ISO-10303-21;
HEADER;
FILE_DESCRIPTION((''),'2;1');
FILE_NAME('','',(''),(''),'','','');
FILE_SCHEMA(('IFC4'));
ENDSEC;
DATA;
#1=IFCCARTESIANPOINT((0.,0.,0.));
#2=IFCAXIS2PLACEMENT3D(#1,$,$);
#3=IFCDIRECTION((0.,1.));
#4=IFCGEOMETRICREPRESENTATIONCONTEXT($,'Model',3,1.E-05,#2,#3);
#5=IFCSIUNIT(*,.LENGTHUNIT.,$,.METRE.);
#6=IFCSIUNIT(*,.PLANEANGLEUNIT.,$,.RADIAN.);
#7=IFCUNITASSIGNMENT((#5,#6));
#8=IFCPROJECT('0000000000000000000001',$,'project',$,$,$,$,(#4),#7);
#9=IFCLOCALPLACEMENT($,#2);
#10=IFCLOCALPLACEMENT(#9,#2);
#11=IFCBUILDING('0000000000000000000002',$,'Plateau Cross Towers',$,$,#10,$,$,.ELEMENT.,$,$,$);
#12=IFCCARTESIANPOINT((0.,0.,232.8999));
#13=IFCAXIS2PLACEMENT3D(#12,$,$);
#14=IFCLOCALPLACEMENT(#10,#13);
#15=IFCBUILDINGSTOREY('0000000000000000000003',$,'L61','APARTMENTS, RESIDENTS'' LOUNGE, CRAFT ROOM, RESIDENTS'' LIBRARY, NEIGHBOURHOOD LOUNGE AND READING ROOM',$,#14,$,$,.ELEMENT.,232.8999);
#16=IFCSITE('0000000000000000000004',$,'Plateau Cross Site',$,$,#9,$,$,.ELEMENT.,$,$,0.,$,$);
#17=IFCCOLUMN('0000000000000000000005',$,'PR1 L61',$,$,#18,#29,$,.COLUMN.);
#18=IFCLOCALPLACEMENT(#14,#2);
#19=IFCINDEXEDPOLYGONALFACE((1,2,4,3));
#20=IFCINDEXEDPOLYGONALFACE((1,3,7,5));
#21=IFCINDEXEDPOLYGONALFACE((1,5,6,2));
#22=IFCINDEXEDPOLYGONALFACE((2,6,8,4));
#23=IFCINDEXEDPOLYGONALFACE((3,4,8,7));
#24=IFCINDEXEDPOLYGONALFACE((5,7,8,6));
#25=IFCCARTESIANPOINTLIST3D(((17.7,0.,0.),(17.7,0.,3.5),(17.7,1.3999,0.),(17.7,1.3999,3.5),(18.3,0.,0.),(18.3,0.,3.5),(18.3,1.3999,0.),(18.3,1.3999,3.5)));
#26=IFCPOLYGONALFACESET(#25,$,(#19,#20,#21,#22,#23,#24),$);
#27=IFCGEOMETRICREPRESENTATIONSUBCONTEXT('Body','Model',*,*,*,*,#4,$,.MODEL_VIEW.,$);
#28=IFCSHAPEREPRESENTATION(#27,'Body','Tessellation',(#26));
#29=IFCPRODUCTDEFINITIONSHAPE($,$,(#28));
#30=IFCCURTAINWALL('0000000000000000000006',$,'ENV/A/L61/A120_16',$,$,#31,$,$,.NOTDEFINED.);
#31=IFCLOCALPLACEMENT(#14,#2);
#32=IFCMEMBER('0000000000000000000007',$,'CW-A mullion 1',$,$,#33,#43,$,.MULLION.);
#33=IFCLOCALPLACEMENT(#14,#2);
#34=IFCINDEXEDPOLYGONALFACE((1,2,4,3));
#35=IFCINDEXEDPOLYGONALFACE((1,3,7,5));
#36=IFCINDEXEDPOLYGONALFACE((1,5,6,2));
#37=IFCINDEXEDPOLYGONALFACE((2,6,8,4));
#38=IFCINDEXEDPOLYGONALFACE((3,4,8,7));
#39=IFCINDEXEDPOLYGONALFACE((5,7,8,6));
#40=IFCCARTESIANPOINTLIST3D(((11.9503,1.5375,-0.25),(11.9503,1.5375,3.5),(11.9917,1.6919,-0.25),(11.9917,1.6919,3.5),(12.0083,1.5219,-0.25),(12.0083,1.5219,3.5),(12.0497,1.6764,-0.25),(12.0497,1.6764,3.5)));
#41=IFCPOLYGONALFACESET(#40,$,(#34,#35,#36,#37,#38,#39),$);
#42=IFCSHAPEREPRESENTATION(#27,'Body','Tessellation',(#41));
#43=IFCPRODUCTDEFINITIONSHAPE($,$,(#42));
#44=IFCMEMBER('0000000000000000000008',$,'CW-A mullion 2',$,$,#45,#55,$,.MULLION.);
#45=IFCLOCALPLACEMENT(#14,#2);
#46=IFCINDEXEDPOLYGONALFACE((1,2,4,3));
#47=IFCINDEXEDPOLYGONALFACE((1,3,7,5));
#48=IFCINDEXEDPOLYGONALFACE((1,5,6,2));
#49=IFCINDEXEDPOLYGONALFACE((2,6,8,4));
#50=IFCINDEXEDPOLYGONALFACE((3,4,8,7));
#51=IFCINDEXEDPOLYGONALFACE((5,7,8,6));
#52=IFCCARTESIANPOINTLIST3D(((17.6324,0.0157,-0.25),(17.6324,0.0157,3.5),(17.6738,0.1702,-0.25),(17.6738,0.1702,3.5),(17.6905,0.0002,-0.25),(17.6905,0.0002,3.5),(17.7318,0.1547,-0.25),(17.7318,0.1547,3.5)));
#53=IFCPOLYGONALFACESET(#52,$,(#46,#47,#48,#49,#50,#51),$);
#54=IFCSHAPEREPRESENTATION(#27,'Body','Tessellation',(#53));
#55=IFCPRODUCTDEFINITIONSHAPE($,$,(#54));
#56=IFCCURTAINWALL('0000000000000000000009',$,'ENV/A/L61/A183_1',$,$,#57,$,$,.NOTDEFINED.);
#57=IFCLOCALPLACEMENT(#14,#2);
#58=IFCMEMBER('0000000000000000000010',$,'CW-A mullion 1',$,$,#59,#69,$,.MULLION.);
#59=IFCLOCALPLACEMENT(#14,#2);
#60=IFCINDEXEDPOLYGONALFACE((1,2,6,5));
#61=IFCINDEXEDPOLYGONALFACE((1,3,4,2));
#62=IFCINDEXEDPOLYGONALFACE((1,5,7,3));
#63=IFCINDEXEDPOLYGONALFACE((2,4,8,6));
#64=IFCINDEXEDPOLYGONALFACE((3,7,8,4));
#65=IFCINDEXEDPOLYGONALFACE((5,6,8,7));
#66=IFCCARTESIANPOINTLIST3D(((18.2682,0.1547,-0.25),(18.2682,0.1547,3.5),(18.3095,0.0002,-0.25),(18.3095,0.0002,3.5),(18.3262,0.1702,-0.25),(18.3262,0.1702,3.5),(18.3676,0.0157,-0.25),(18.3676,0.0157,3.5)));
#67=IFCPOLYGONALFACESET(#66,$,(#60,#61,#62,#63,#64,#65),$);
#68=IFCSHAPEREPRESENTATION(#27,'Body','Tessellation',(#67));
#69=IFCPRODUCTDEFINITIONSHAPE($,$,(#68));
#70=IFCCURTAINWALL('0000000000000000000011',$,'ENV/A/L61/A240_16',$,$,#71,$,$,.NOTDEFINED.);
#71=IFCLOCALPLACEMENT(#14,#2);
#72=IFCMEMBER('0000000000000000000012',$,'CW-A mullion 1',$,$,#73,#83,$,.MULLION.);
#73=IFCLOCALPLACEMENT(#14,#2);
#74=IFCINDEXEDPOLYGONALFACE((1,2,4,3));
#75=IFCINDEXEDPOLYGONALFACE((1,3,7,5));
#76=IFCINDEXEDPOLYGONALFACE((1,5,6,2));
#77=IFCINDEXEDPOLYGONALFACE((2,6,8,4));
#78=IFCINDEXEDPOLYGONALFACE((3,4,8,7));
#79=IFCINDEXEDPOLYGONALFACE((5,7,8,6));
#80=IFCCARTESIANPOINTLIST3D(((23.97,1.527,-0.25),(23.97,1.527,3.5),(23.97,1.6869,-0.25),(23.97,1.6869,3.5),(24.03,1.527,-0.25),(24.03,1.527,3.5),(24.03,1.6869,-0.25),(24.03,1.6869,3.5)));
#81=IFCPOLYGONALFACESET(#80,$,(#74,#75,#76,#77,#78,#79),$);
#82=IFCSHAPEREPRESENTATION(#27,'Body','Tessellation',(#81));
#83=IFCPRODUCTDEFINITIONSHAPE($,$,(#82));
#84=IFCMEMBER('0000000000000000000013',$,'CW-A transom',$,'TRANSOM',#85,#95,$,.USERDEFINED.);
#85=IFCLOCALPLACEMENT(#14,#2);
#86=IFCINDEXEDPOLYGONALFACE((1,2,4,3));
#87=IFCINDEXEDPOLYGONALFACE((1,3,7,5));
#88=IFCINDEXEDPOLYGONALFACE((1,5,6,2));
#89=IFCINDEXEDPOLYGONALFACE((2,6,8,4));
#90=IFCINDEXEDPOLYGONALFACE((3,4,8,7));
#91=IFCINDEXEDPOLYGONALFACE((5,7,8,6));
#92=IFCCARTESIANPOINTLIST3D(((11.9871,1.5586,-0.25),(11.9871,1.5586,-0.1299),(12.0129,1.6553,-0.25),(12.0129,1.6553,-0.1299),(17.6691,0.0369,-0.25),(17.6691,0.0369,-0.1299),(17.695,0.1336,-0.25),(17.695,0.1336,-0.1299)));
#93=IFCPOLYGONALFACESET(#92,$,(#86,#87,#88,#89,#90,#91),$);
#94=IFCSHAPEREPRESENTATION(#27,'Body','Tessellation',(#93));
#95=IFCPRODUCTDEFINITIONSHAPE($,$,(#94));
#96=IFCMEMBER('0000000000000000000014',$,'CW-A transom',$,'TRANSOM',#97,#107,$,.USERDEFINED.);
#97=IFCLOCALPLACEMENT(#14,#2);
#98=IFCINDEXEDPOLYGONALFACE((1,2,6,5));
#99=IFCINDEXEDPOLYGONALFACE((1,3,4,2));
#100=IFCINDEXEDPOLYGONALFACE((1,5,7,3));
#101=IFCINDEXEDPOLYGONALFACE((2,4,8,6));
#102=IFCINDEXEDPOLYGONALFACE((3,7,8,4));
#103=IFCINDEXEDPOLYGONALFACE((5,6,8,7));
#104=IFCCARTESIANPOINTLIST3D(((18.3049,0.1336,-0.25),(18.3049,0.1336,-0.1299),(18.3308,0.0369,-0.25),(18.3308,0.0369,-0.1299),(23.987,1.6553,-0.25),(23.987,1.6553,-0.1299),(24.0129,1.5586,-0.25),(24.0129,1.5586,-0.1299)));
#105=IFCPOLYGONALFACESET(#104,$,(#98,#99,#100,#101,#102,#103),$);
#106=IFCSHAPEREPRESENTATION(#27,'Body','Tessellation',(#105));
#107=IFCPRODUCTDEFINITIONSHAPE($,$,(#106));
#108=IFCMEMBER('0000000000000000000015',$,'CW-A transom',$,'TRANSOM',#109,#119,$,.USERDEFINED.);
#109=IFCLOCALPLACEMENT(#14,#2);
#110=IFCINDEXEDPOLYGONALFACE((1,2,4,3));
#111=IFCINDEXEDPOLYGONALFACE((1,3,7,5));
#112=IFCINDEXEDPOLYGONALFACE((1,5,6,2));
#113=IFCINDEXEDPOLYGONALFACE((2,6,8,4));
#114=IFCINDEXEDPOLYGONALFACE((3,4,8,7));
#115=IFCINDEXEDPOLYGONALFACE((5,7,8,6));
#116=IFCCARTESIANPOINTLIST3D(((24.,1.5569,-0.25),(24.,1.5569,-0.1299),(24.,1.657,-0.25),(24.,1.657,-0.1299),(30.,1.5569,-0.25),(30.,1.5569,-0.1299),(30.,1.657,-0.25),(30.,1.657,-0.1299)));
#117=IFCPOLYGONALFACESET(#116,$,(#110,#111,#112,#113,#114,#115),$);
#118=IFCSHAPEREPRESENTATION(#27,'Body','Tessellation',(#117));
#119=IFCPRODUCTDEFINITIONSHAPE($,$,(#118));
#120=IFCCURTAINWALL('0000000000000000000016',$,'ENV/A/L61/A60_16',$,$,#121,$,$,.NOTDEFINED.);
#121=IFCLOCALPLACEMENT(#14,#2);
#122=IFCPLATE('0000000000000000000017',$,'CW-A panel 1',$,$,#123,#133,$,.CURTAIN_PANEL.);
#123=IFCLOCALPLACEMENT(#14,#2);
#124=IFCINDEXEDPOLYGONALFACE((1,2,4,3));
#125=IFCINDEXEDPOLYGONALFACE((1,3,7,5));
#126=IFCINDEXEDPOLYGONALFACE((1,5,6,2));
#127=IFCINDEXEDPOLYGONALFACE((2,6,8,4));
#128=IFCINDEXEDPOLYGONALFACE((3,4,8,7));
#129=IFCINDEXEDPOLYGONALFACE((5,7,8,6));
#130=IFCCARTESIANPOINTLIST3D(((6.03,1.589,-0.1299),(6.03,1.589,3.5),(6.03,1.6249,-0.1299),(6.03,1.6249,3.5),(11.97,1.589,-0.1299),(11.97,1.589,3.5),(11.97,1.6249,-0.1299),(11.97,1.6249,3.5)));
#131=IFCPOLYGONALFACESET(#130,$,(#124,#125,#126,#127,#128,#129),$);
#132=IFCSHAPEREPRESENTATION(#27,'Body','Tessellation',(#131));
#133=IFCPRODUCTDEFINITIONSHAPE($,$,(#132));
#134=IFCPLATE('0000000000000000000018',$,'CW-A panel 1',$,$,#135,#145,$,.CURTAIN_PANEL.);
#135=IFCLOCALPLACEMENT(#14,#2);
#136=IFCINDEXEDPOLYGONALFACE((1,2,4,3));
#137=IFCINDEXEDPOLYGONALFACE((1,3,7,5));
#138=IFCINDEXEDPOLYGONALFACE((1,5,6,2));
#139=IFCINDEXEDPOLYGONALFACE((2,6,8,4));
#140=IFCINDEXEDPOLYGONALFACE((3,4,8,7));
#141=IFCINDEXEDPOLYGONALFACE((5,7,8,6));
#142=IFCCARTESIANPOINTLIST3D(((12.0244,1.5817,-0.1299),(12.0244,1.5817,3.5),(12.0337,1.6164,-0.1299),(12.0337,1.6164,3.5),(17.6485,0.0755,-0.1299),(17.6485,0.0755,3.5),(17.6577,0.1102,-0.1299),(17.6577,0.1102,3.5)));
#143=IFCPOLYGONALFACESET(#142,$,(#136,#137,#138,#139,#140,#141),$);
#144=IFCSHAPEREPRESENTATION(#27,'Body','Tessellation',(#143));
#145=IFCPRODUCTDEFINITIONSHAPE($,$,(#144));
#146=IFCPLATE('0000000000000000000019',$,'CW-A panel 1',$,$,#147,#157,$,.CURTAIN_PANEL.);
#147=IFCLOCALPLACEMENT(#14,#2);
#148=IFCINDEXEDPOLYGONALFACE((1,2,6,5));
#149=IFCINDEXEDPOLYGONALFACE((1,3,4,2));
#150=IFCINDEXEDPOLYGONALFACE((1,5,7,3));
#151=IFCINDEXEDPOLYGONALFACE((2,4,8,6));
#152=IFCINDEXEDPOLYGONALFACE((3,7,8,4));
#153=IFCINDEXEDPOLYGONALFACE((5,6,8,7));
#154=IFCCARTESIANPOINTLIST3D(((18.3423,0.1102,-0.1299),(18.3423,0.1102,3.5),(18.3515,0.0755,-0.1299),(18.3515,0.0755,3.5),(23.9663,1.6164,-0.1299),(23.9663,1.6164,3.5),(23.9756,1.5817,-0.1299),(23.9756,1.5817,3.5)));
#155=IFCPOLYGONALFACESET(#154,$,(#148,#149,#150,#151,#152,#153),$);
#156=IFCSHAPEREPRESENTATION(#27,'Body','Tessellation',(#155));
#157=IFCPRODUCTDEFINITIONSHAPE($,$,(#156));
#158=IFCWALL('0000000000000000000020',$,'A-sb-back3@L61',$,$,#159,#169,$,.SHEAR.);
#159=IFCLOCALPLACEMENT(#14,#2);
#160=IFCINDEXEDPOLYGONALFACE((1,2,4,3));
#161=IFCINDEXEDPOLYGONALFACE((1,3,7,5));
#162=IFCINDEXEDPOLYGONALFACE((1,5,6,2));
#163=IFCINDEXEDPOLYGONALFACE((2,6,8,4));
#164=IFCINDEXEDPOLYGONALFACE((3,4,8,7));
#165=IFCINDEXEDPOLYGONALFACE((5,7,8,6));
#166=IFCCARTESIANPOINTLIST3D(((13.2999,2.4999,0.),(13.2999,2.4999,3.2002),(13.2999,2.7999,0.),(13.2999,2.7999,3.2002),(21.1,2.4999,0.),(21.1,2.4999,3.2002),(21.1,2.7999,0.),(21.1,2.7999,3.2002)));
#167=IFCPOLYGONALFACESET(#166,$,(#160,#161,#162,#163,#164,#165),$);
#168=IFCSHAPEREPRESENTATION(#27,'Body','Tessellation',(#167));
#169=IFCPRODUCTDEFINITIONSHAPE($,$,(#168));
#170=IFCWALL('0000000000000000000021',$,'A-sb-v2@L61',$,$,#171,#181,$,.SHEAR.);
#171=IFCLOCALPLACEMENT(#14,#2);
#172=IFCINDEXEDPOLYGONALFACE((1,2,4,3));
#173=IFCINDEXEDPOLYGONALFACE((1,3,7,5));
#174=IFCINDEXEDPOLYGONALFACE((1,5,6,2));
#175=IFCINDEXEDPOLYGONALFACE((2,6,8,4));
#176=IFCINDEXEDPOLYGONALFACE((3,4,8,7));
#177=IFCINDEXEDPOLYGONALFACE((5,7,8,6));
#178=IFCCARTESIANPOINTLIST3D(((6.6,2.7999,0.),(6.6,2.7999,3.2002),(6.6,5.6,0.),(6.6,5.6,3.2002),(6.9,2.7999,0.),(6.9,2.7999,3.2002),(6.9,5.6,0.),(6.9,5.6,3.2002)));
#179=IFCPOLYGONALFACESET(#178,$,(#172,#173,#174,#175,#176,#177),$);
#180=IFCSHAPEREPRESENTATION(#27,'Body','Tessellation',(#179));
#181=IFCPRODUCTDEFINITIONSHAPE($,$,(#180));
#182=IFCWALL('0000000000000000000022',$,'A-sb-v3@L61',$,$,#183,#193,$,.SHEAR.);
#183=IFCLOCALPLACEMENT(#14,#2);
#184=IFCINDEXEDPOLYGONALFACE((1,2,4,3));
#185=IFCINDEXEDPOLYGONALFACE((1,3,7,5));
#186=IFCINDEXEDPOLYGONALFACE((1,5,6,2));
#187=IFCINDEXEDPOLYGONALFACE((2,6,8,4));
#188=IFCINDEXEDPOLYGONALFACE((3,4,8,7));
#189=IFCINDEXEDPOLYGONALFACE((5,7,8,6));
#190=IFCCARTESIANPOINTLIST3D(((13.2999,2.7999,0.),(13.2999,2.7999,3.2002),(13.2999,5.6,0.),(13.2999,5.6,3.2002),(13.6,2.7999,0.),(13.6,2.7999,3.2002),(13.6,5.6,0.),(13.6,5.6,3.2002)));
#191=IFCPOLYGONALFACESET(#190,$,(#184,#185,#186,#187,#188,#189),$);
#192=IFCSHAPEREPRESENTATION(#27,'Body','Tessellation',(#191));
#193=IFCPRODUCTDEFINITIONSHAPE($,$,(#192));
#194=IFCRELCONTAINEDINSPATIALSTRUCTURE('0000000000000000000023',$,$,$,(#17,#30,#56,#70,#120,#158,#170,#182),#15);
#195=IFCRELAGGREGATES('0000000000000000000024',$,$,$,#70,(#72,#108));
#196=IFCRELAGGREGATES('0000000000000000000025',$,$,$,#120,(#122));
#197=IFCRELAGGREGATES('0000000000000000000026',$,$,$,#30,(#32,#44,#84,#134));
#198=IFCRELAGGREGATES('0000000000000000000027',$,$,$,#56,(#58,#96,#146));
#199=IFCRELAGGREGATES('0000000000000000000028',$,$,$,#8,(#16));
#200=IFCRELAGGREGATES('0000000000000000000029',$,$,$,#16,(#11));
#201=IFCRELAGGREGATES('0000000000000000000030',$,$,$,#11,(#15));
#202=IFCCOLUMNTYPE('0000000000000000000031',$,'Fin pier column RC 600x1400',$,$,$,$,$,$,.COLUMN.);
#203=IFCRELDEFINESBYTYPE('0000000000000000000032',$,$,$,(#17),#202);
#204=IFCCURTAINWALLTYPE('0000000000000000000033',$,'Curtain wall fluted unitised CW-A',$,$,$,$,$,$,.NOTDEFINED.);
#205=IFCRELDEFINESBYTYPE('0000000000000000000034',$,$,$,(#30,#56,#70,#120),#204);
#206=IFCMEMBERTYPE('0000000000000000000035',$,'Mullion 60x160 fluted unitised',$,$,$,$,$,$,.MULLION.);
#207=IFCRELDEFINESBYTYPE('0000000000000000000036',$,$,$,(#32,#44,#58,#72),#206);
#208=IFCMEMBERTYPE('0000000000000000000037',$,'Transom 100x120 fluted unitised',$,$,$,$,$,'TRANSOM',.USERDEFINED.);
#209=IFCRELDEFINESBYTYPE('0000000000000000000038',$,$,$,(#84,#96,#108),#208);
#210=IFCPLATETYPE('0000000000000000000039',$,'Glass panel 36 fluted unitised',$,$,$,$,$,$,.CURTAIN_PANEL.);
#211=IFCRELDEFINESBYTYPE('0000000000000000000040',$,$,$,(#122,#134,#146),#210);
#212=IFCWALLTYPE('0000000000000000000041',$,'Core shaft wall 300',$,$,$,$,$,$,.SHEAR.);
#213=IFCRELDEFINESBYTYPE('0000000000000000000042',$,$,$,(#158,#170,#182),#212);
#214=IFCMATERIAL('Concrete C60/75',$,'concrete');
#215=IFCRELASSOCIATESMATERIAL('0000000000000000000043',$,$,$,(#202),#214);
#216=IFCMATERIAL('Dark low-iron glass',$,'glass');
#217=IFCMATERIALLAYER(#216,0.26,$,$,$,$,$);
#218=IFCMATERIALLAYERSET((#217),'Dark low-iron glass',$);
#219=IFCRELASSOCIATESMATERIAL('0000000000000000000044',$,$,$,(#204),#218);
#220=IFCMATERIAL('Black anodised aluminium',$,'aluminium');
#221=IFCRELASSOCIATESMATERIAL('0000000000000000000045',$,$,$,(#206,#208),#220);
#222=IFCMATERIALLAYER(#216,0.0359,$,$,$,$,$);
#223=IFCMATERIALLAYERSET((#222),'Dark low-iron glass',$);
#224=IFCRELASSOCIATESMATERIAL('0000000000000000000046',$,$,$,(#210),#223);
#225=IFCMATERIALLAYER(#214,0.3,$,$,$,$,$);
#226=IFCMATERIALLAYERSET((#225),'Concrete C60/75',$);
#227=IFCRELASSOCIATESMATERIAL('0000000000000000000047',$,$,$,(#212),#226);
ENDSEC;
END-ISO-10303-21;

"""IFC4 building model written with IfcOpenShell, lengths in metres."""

from ifc_helpers import new_model, si_unit, direction, frame, frame_2d, origin, origin_2d, place, context, subcontext, project, spatial, rectangle, extrude, material, layer, layer_set, material_profile, profile_set, type_object, element, aggregate, save


model = new_model("IFC4")

# Units and contexts
model_context = context("Model", 3, precision=1e-05, world=origin(), true_north=direction((0.0, 1.0)))
body_context = subcontext(model_context, "Body", "Model", "MODEL_VIEW")
ifc_project = project(units=[si_unit("LENGTHUNIT", "METRE"), si_unit("PLANEANGLEUNIT", "RADIAN")], contexts=[model_context])

# Site, building, storey
site_placement = place(None, origin())
site = spatial("IfcSite", under=ifc_project, at=site_placement, Name="Plateau Cross Site", CompositionType="ELEMENT", RefElevation=0.0)
building_placement = place(site_placement, origin())
building = spatial("IfcBuilding", under=site, at=building_placement, Name="Plateau Cross Towers", CompositionType="ELEMENT")
storey_placement = place(building_placement, frame((0.0, 0.0, 232.8999)))
storey = spatial("IfcBuildingStorey", under=building, at=storey_placement, Name="L61", Description="APARTMENTS, RESIDENTS' LOUNGE, CRAFT ROOM, RESIDENTS' LIBRARY, NEIGHBOURHOOD LOUNGE AND READING ROOM", CompositionType="ELEMENT", Elevation=232.8999)

# Column
ifc_material_1 = material(Name="Concrete C60/75", Category="concrete")
ifc_material_profile_1 = material_profile(ifc_material_1, rectangle(XDim=0.6001, YDim=1.3999, at=origin_2d()), Name="RC 600x1400")
ifc_profile_set_1 = profile_set([ifc_material_profile_1], Name="Concrete C60/75")
column_type = type_object("IfcColumnType", Name="Fin pier column RC 600x1400", PredefinedType="COLUMN", material=ifc_profile_set_1)
column_placement = place(storey_placement, frame((18.0, 0.7, 0.0), z_axis=(0.0, 0.0, 1.0), x_axis=(1.0, 0.0, 0.0)))
element("IfcColumn", 1, at=column_placement, inside=storey, type_object=column_type, Name="PR1 L61", PredefinedType="COLUMN", context=body_context, shape_type="SweptSolid", body=[
    extrude(rectangle(XDim=0.6001, YDim=1.3999, at=origin_2d()), origin(), (0.0, 0.0, 1.0), 3.5),
])

# Curtain wall, members
ifc_material_2 = material(Name="Dark low-iron glass", Category="glass")
ifc_layer_1 = layer(ifc_material_2, 0.26)
ifc_layer_set_1 = layer_set([ifc_layer_1], Name="Dark low-iron glass")
curtain_wall_type = type_object("IfcCurtainWallType", Name="Curtain wall fluted unitised CW-A", PredefinedType="NOTDEFINED", material=ifc_layer_set_1)
curtain_wall_1_placement = place(storey_placement, origin())
curtain_wall_1 = element("IfcCurtainWall", 2, at=curtain_wall_1_placement, inside=storey, type_object=curtain_wall_type, Name="ENV/A/L61/A120_16", PredefinedType="NOTDEFINED")
ifc_material_3 = material(Name="Black anodised aluminium", Category="aluminium")
ifc_material_profile_2 = material_profile(ifc_material_3, rectangle(XDim=0.0601, YDim=0.1599, at=origin_2d()), Name="MULLION 60x160")
ifc_profile_set_2 = profile_set([ifc_material_profile_2], Name="Black anodised aluminium")
member_type_1 = type_object("IfcMemberType", Name="Mullion 60x160 fluted unitised", PredefinedType="MULLION", material=ifc_profile_set_2)
member_1_placement = place(storey_placement, frame((12.0, 1.6069, -0.25), z_axis=(0.0, 0.0, 1.0), x_axis=(0.965958, -0.258699, 0.0)))
member_1 = element("IfcMember", 3, at=member_1_placement, type_object=member_type_1, Name="CW-A mullion 1", PredefinedType="MULLION", context=body_context, shape_type="SweptSolid", body=[
    extrude(rectangle(XDim=0.0601, YDim=0.1599, at=origin_2d()), origin(), (0.0, 0.0, 1.0), 3.75),
])
member_2_placement = place(storey_placement, frame((17.6821, 0.0852, -0.25), z_axis=(0.0, 0.0, 1.0), x_axis=(0.965958, -0.258699, 0.0)))
member_2 = element("IfcMember", 4, at=member_2_placement, type_object=member_type_1, Name="CW-A mullion 2", PredefinedType="MULLION", context=body_context, shape_type="SweptSolid", body=[
    extrude(rectangle(XDim=0.0601, YDim=0.1599, at=origin_2d()), origin(), (0.0, 0.0, 1.0), 3.75),
])

# Curtain walls, members
curtain_wall_2_placement = place(storey_placement, origin())
curtain_wall_2 = element("IfcCurtainWall", 5, at=curtain_wall_2_placement, inside=storey, type_object=curtain_wall_type, Name="ENV/A/L61/A183_1", PredefinedType="NOTDEFINED")
member_3_placement = place(storey_placement, frame((18.3179, 0.0852, -0.25), z_axis=(0.0, 0.0, 1.0), x_axis=(0.965958, 0.258699, 0.0)))
member_3 = element("IfcMember", 6, at=member_3_placement, type_object=member_type_1, Name="CW-A mullion 1", PredefinedType="MULLION", context=body_context, shape_type="SweptSolid", body=[
    extrude(rectangle(XDim=0.0601, YDim=0.1599, at=origin_2d()), origin(), (0.0, 0.0, 1.0), 3.75),
])
curtain_wall_3_placement = place(storey_placement, origin())
curtain_wall_3 = element("IfcCurtainWall", 7, at=curtain_wall_3_placement, inside=storey, type_object=curtain_wall_type, Name="ENV/A/L61/A240_16", PredefinedType="NOTDEFINED")
member_4_placement = place(storey_placement, frame((24.0, 1.6069, -0.25), z_axis=(0.0, 0.0, 1.0), x_axis=(1.0, 0.0, 0.0)))
member_4 = element("IfcMember", 8, at=member_4_placement, type_object=member_type_1, Name="CW-A mullion 1", PredefinedType="MULLION", context=body_context, shape_type="SweptSolid", body=[
    extrude(rectangle(XDim=0.0601, YDim=0.1599, at=origin_2d()), origin(), (0.0, 0.0, 1.0), 3.75),
])

# Members
ifc_material_profile_3 = material_profile(ifc_material_3, rectangle(XDim=0.1001, YDim=0.1201, at=origin_2d()), Name="TRANSOM 100x120")
ifc_profile_set_3 = profile_set([ifc_material_profile_3], Name="Black anodised aluminium")
member_type_2 = type_object("IfcMemberType", Name="Transom 100x120 fluted unitised", ElementType="TRANSOM", PredefinedType="USERDEFINED", material=ifc_profile_set_3)
member_5_placement = place(storey_placement, frame((12.0, 1.6069, -0.1899), z_axis=(0.96596, -0.258693, 0.0), x_axis=(0.258693, 0.96596, 0.0)))
member_5 = element("IfcMember", 9, at=member_5_placement, type_object=member_type_2, Name="CW-A transom", ObjectType="TRANSOM", PredefinedType="USERDEFINED", context=body_context, shape_type="SweptSolid", body=[
    extrude(rectangle(XDim=0.1001, YDim=0.1201, at=origin_2d()), origin(), (0.0, 0.0, 1.0), 5.8823),
])
member_6_placement = place(storey_placement, frame((18.3179, 0.0852, -0.1899), z_axis=(0.96596, 0.258693, 0.0), x_axis=(-0.258693, 0.96596, 0.0)))
member_6 = element("IfcMember", 10, at=member_6_placement, type_object=member_type_2, Name="CW-A transom", ObjectType="TRANSOM", PredefinedType="USERDEFINED", context=body_context, shape_type="SweptSolid", body=[
    extrude(rectangle(XDim=0.1001, YDim=0.1201, at=origin_2d()), origin(), (0.0, 0.0, 1.0), 5.8823),
])
member_7_placement = place(storey_placement, frame((24.0, 1.6069, -0.1899), z_axis=(1.0, 0.0, 0.0), x_axis=(0.0, 1.0, 0.0)))
member_7 = element("IfcMember", 11, at=member_7_placement, type_object=member_type_2, Name="CW-A transom", ObjectType="TRANSOM", PredefinedType="USERDEFINED", context=body_context, shape_type="SweptSolid", body=[
    extrude(rectangle(XDim=0.1001, YDim=0.1201, at=origin_2d()), origin(), (0.0, 0.0, 1.0), 6.0),
])
aggregate(curtain_wall_3, [member_4, member_7])

# Curtain wall, plate
curtain_wall_4_placement = place(storey_placement, origin())
curtain_wall_4 = element("IfcCurtainWall", 12, at=curtain_wall_4_placement, inside=storey, type_object=curtain_wall_type, Name="ENV/A/L61/A60_16", PredefinedType="NOTDEFINED")
ifc_layer_2 = layer(ifc_material_2, 0.0359)
ifc_layer_set_2 = layer_set([ifc_layer_2], Name="Dark low-iron glass")
plate_type = type_object("IfcPlateType", Name="Glass panel 36 fluted unitised", PredefinedType="CURTAIN_PANEL", material=ifc_layer_set_2)
plate_1_placement = place(storey_placement, frame((9.0, 1.6069, -0.1299), z_axis=(0.0, 0.0, 1.0), x_axis=(1.0, 0.0, 0.0)))
plate_1 = element("IfcPlate", 13, at=plate_1_placement, type_object=plate_type, Name="CW-A panel 1", PredefinedType="CURTAIN_PANEL", context=body_context, shape_type="SweptSolid", body=[
    extrude(rectangle(XDim=5.9399, YDim=0.0359, at=origin_2d()), origin(), (0.0, 0.0, 1.0), 3.6299),
])
aggregate(curtain_wall_4, [plate_1])

# Plates
plate_2_placement = place(storey_placement, frame((14.8411, 0.8459, -0.1299), z_axis=(0.0, 0.0, 1.0), x_axis=(0.965958, -0.258699, 0.0)))
plate_2 = element("IfcPlate", 14, at=plate_2_placement, type_object=plate_type, Name="CW-A panel 1", PredefinedType="CURTAIN_PANEL", context=body_context, shape_type="SweptSolid", body=[
    extrude(rectangle(XDim=5.8223, YDim=0.0359, at=origin_2d()), origin(), (0.0, 0.0, 1.0), 3.6299),
])
aggregate(curtain_wall_1, [member_1, member_2, member_5, plate_2])
plate_3_placement = place(storey_placement, frame((21.1589, 0.8459, -0.1299), z_axis=(0.0, 0.0, 1.0), x_axis=(0.965958, 0.258699, 0.0)))
plate_3 = element("IfcPlate", 15, at=plate_3_placement, type_object=plate_type, Name="CW-A panel 1", PredefinedType="CURTAIN_PANEL", context=body_context, shape_type="SweptSolid", body=[
    extrude(rectangle(XDim=5.8223, YDim=0.0359, at=origin_2d()), origin(), (0.0, 0.0, 1.0), 3.6299),
])
aggregate(curtain_wall_2, [member_3, member_6, plate_3])

# Walls
ifc_layer_3 = layer(ifc_material_1, 0.3)
ifc_layer_set_3 = layer_set([ifc_layer_3], Name="Concrete C60/75")
wall_type_1 = type_object("IfcWallType", Name="Core shaft wall 300", PredefinedType="SHEAR", material=ifc_layer_set_3)
wall_1_placement = place(storey_placement, frame((13.3, 2.6499, 0.0), z_axis=(0.0, 0.0, 1.0), x_axis=(1.0, 0.0, 0.0)))
element("IfcWall", 16, at=wall_1_placement, inside=storey, type_object=wall_type_1, Name="A-sb-back3@L61", PredefinedType="SHEAR", context=body_context, shape_type="SweptSolid", body=[
    extrude(rectangle(XDim=7.8, YDim=0.3, at=frame_2d((3.8999, 0.0))), origin(), (0.0, 0.0, 1.0), 3.2002),
])
for number, where, z_axis, x_axis, name in (
    (17, (6.75, 2.8, 0.0), (0.0, 0.0, 1.0), (0.0, 1.0, 0.0), "A-sb-v2@L61"),
    (18, (13.45, 2.8, 0.0), (0.0, 0.0, 1.0), (0.0, 1.0, 0.0), "A-sb-v3@L61"),
):
    element("IfcWall", number, at=place(storey_placement, frame(where, z_axis=z_axis, x_axis=x_axis)), inside=storey, type_object=wall_type_1, Name=name, PredefinedType="SHEAR", context=body_context, shape_type="SweptSolid", body=[
        extrude(rectangle(XDim=2.8, YDim=0.3, at=frame_2d((1.3999, 0.0))), origin(), (0.0, 0.0, 1.0), 3.2002),
    ])

save(model, "model.ifc")
